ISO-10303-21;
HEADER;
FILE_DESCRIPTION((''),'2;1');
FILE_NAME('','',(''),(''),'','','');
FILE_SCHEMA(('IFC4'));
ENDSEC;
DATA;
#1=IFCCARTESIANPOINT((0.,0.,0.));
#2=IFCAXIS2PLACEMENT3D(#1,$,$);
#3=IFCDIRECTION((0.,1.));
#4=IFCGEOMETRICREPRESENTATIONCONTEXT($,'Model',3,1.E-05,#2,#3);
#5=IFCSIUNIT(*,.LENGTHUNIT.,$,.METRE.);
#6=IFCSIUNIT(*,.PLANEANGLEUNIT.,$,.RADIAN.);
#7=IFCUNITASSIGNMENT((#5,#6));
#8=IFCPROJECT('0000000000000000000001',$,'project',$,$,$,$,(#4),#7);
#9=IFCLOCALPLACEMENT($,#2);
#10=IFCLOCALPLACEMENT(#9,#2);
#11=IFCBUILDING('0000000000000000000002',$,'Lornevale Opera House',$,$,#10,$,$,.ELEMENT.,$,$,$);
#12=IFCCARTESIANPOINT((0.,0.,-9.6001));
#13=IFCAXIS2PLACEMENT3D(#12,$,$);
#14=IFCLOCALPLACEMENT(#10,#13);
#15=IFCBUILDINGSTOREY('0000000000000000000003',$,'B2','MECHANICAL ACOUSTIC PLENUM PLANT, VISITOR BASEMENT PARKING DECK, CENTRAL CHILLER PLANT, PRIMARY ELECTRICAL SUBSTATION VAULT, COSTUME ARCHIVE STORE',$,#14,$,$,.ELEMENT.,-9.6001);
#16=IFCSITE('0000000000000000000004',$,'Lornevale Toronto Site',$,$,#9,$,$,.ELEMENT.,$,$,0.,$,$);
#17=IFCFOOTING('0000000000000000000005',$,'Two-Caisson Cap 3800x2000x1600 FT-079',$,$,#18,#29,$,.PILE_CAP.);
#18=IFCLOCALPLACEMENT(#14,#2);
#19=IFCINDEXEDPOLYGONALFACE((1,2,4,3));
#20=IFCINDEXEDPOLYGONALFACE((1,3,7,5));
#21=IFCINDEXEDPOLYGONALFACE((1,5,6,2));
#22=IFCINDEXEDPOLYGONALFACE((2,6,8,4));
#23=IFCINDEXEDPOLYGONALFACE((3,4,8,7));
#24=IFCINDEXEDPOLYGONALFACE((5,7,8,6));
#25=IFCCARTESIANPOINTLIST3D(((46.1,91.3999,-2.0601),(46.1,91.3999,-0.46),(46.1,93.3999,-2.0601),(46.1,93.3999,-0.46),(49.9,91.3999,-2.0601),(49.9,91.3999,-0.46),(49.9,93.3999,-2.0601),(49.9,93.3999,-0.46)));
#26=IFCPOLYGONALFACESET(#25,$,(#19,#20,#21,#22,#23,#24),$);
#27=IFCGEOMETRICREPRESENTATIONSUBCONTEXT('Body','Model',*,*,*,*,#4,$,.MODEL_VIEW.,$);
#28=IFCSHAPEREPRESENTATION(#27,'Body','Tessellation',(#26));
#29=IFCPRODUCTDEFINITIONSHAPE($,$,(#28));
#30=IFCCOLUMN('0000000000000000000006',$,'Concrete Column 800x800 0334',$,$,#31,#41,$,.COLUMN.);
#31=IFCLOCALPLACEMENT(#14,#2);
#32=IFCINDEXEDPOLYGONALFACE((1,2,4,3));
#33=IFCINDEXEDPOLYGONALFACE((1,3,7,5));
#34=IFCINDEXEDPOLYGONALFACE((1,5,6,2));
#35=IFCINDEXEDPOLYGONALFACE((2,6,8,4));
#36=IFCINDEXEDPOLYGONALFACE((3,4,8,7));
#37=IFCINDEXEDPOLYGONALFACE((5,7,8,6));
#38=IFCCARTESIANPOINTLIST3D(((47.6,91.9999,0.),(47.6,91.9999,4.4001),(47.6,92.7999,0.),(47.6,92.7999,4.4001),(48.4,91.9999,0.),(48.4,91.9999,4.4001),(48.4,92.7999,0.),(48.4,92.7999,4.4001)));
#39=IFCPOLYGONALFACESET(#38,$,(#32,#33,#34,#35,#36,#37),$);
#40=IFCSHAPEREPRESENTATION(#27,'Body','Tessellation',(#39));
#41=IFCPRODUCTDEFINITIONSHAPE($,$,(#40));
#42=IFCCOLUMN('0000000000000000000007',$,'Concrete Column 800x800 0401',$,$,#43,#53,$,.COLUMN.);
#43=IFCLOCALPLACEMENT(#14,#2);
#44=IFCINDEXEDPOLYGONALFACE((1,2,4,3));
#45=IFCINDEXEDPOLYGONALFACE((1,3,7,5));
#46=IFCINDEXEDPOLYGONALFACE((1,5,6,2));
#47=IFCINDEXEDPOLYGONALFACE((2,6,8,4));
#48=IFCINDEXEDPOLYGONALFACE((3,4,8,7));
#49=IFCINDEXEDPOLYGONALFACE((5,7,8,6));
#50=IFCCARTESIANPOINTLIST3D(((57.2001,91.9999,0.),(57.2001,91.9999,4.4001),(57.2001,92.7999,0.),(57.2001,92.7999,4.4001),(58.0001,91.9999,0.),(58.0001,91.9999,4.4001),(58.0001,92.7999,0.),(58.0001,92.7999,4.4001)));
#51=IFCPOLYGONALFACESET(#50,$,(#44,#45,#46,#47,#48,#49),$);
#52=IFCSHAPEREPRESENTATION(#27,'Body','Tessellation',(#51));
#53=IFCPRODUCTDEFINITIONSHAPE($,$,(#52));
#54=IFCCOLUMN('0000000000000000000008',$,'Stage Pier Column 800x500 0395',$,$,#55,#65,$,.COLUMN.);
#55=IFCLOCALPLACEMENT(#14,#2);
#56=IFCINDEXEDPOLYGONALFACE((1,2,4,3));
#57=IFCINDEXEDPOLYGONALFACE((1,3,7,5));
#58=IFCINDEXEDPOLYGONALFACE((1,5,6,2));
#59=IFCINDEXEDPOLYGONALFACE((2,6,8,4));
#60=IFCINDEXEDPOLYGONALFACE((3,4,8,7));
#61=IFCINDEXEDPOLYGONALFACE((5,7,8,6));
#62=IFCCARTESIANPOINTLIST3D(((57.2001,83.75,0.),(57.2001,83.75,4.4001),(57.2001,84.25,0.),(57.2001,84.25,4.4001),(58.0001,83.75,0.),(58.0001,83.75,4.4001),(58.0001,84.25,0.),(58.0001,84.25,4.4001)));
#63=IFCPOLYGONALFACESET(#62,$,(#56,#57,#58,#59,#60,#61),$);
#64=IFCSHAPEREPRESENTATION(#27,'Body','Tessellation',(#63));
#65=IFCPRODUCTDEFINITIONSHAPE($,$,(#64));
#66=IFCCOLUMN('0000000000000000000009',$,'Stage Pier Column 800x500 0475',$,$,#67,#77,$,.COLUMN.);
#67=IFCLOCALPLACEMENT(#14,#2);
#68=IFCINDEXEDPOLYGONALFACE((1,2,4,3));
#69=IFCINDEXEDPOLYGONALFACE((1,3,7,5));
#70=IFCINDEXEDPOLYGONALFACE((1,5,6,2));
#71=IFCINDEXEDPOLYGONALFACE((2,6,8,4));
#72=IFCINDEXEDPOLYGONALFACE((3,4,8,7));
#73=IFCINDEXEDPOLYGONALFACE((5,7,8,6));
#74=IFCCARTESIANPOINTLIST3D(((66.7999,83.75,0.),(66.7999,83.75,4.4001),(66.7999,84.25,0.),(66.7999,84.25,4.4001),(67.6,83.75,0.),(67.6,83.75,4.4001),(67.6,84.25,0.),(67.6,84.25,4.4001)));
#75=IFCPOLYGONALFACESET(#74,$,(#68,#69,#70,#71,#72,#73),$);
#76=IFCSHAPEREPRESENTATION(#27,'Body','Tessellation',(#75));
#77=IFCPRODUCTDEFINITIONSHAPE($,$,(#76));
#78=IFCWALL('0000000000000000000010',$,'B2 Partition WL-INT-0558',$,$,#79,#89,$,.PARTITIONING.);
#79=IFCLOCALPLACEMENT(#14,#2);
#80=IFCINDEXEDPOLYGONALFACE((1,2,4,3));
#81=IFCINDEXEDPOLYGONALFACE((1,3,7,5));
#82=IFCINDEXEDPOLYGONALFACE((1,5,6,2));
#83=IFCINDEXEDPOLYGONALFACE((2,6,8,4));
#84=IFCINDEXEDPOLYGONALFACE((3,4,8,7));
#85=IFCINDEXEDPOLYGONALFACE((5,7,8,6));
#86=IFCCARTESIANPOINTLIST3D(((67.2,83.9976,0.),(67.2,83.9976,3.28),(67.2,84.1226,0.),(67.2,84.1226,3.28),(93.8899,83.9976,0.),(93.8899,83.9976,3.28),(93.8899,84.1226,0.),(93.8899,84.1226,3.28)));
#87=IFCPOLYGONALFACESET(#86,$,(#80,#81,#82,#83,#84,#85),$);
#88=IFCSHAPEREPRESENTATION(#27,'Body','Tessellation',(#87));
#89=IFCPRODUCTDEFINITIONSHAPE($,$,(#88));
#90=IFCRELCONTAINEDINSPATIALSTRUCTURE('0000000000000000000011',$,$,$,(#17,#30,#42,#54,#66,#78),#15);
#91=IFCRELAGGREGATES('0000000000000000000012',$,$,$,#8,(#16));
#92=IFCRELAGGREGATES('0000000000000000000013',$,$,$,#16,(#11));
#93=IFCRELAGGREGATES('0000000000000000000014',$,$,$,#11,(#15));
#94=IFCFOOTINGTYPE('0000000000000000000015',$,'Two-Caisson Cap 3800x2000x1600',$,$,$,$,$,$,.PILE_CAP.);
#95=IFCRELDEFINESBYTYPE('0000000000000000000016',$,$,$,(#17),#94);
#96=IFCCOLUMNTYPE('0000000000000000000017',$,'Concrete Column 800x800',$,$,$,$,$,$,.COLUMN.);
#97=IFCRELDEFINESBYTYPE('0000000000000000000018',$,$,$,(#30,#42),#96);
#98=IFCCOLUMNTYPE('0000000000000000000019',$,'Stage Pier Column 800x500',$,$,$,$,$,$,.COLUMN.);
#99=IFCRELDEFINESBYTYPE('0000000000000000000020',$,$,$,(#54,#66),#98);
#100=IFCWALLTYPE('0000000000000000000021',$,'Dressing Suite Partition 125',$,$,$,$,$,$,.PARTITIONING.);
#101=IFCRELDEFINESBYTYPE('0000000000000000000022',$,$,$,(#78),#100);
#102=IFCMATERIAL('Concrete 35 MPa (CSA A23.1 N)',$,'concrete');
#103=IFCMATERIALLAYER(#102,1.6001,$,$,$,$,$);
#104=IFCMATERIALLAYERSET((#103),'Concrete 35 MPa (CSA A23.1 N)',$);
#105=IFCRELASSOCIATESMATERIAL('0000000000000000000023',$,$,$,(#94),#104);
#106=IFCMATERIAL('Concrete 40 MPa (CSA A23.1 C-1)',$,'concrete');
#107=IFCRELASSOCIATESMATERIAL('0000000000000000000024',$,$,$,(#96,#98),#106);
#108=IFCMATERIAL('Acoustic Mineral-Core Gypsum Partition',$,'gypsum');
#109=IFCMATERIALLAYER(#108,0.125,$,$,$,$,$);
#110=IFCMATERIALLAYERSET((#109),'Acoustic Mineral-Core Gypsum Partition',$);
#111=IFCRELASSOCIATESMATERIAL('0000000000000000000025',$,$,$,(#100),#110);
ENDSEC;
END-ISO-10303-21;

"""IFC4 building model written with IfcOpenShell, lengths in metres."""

from ifc_helpers import new_model, si_unit, direction, frame, frame_2d, origin, origin_2d, place, context, subcontext, project, spatial, rectangle, extrude, material, layer, layer_set, material_profile, profile_set, type_object, element, save


model = new_model("IFC4")

# Units and contexts
model_context = context("Model", 3, precision=1e-05, world=origin(), true_north=direction((0.0, 1.0)))
body_context = subcontext(model_context, "Body", "Model", "MODEL_VIEW")
ifc_project = project(units=[si_unit("LENGTHUNIT", "METRE"), si_unit("PLANEANGLEUNIT", "RADIAN")], contexts=[model_context])

# Site, building, storey
site_placement = place(None, origin())
site = spatial("IfcSite", under=ifc_project, at=site_placement, Name="Lornevale Toronto Site", CompositionType="ELEMENT", RefElevation=0.0)
building_placement = place(site_placement, origin())
building = spatial("IfcBuilding", under=site, at=building_placement, Name="Lornevale Opera House", CompositionType="ELEMENT")
storey_placement = place(building_placement, frame((0.0, 0.0, -9.6001)))
storey = spatial("IfcBuildingStorey", under=building, at=storey_placement, Name="B2", Description="MECHANICAL ACOUSTIC PLENUM PLANT, VISITOR BASEMENT PARKING DECK, CENTRAL CHILLER PLANT, PRIMARY ELECTRICAL SUBSTATION VAULT, COSTUME ARCHIVE STORE", CompositionType="ELEMENT", Elevation=-9.6001)

# Shared definitions
ifc_material_1 = material(Name="Concrete 35 MPa (CSA A23.1 N)", Category="concrete")

# Shared definitions
ifc_material_2 = material(Name="Concrete 40 MPa (CSA A23.1 C-1)", Category="concrete")

# Footing
ifc_layer_1 = layer(ifc_material_1, 1.6001)
ifc_layer_set_1 = layer_set([ifc_layer_1], Name="Concrete 35 MPa (CSA A23.1 N)")
footing_type_1 = type_object("IfcFootingType", Name="Two-Caisson Cap 3800x2000x1600", PredefinedType="PILE_CAP", material=ifc_layer_set_1)
footing_1_placement = place(storey_placement, frame((48.0, 92.3999, -2.0601), z_axis=(0.0, 0.0, 1.0), x_axis=(1.0, 0.0, 0.0)))
element("IfcFooting", 1, at=footing_1_placement, inside=storey, type_object=footing_type_1, Name="Two-Caisson Cap 3800x2000x1600 FT-079", PredefinedType="PILE_CAP", context=body_context, shape_type="SweptSolid", body=[
    extrude(rectangle(XDim=3.8, YDim=2.0, at=origin_2d()), origin(), (0.0, 0.0, 1.0), 1.6001),
])

# Columns
ifc_material_profile_1 = material_profile(ifc_material_2, rectangle(XDim=0.8, YDim=0.8, at=origin_2d()), Name="RC800x800")
ifc_profile_set_1 = profile_set([ifc_material_profile_1], Name="Concrete 40 MPa (CSA A23.1 C-1)")
column_type_1 = type_object("IfcColumnType", Name="Concrete Column 800x800", PredefinedType="COLUMN", material=ifc_profile_set_1)
for number, where, z_axis, x_axis, name in (
    (2, (48.0, 92.3999, 0.0), (0.0, 0.0, 1.0), (1.0, 0.0, 0.0), "Concrete Column 800x800 0334"),
    (3, (57.6001, 92.3999, 0.0), (0.0, 0.0, 1.0), (1.0, 0.0, 0.0), "Concrete Column 800x800 0401"),
):
    element("IfcColumn", number, at=place(storey_placement, frame(where, z_axis=z_axis, x_axis=x_axis)), inside=storey, type_object=column_type_1, Name=name, PredefinedType="COLUMN", context=body_context, shape_type="SweptSolid", body=[
        extrude(rectangle(XDim=0.8, YDim=0.8, at=origin_2d()), origin(), (0.0, 0.0, 1.0), 4.4001),
    ])
ifc_material_profile_2 = material_profile(ifc_material_2, rectangle(XDim=0.8, YDim=0.5, at=origin_2d()), Name="RC800x500")
ifc_profile_set_2 = profile_set([ifc_material_profile_2], Name="Concrete 40 MPa (CSA A23.1 C-1)")
column_type_2 = type_object("IfcColumnType", Name="Stage Pier Column 800x500", PredefinedType="COLUMN", material=ifc_profile_set_2)
for number, where, z_axis, x_axis, name in (
    (4, (57.6001, 84.0, 0.0), (0.0, 0.0, 1.0), (1.0, 0.0, 0.0), "Stage Pier Column 800x500 0395"),
    (5, (67.2, 84.0, 0.0), (0.0, 0.0, 1.0), (1.0, 0.0, 0.0), "Stage Pier Column 800x500 0475"),
):
    element("IfcColumn", number, at=place(storey_placement, frame(where, z_axis=z_axis, x_axis=x_axis)), inside=storey, type_object=column_type_2, Name=name, PredefinedType="COLUMN", context=body_context, shape_type="SweptSolid", body=[
        extrude(rectangle(XDim=0.8, YDim=0.5, at=origin_2d()), origin(), (0.0, 0.0, 1.0), 4.4001),
    ])

# Wall
ifc_material_3 = material(Name="Acoustic Mineral-Core Gypsum Partition", Category="gypsum")
ifc_layer_2 = layer(ifc_material_3, 0.125)
ifc_layer_set_2 = layer_set([ifc_layer_2], Name="Acoustic Mineral-Core Gypsum Partition")
wall_type = type_object("IfcWallType", Name="Dressing Suite Partition 125", PredefinedType="PARTITIONING", material=ifc_layer_set_2)
wall_placement = place(storey_placement, frame((67.2, 84.0601, 0.0), z_axis=(0.0, 0.0, 1.0), x_axis=(1.0, 0.0, 0.0)))
element("IfcWall", 6, at=wall_placement, inside=storey, type_object=wall_type, Name="B2 Partition WL-INT-0558", PredefinedType="PARTITIONING", context=body_context, shape_type="SweptSolid", body=[
    extrude(rectangle(XDim=26.6899, YDim=0.125, at=frame_2d((13.345, 0.0))), origin(), (0.0, 0.0, 1.0), 3.28),
])

save(model, "model.ifc")
